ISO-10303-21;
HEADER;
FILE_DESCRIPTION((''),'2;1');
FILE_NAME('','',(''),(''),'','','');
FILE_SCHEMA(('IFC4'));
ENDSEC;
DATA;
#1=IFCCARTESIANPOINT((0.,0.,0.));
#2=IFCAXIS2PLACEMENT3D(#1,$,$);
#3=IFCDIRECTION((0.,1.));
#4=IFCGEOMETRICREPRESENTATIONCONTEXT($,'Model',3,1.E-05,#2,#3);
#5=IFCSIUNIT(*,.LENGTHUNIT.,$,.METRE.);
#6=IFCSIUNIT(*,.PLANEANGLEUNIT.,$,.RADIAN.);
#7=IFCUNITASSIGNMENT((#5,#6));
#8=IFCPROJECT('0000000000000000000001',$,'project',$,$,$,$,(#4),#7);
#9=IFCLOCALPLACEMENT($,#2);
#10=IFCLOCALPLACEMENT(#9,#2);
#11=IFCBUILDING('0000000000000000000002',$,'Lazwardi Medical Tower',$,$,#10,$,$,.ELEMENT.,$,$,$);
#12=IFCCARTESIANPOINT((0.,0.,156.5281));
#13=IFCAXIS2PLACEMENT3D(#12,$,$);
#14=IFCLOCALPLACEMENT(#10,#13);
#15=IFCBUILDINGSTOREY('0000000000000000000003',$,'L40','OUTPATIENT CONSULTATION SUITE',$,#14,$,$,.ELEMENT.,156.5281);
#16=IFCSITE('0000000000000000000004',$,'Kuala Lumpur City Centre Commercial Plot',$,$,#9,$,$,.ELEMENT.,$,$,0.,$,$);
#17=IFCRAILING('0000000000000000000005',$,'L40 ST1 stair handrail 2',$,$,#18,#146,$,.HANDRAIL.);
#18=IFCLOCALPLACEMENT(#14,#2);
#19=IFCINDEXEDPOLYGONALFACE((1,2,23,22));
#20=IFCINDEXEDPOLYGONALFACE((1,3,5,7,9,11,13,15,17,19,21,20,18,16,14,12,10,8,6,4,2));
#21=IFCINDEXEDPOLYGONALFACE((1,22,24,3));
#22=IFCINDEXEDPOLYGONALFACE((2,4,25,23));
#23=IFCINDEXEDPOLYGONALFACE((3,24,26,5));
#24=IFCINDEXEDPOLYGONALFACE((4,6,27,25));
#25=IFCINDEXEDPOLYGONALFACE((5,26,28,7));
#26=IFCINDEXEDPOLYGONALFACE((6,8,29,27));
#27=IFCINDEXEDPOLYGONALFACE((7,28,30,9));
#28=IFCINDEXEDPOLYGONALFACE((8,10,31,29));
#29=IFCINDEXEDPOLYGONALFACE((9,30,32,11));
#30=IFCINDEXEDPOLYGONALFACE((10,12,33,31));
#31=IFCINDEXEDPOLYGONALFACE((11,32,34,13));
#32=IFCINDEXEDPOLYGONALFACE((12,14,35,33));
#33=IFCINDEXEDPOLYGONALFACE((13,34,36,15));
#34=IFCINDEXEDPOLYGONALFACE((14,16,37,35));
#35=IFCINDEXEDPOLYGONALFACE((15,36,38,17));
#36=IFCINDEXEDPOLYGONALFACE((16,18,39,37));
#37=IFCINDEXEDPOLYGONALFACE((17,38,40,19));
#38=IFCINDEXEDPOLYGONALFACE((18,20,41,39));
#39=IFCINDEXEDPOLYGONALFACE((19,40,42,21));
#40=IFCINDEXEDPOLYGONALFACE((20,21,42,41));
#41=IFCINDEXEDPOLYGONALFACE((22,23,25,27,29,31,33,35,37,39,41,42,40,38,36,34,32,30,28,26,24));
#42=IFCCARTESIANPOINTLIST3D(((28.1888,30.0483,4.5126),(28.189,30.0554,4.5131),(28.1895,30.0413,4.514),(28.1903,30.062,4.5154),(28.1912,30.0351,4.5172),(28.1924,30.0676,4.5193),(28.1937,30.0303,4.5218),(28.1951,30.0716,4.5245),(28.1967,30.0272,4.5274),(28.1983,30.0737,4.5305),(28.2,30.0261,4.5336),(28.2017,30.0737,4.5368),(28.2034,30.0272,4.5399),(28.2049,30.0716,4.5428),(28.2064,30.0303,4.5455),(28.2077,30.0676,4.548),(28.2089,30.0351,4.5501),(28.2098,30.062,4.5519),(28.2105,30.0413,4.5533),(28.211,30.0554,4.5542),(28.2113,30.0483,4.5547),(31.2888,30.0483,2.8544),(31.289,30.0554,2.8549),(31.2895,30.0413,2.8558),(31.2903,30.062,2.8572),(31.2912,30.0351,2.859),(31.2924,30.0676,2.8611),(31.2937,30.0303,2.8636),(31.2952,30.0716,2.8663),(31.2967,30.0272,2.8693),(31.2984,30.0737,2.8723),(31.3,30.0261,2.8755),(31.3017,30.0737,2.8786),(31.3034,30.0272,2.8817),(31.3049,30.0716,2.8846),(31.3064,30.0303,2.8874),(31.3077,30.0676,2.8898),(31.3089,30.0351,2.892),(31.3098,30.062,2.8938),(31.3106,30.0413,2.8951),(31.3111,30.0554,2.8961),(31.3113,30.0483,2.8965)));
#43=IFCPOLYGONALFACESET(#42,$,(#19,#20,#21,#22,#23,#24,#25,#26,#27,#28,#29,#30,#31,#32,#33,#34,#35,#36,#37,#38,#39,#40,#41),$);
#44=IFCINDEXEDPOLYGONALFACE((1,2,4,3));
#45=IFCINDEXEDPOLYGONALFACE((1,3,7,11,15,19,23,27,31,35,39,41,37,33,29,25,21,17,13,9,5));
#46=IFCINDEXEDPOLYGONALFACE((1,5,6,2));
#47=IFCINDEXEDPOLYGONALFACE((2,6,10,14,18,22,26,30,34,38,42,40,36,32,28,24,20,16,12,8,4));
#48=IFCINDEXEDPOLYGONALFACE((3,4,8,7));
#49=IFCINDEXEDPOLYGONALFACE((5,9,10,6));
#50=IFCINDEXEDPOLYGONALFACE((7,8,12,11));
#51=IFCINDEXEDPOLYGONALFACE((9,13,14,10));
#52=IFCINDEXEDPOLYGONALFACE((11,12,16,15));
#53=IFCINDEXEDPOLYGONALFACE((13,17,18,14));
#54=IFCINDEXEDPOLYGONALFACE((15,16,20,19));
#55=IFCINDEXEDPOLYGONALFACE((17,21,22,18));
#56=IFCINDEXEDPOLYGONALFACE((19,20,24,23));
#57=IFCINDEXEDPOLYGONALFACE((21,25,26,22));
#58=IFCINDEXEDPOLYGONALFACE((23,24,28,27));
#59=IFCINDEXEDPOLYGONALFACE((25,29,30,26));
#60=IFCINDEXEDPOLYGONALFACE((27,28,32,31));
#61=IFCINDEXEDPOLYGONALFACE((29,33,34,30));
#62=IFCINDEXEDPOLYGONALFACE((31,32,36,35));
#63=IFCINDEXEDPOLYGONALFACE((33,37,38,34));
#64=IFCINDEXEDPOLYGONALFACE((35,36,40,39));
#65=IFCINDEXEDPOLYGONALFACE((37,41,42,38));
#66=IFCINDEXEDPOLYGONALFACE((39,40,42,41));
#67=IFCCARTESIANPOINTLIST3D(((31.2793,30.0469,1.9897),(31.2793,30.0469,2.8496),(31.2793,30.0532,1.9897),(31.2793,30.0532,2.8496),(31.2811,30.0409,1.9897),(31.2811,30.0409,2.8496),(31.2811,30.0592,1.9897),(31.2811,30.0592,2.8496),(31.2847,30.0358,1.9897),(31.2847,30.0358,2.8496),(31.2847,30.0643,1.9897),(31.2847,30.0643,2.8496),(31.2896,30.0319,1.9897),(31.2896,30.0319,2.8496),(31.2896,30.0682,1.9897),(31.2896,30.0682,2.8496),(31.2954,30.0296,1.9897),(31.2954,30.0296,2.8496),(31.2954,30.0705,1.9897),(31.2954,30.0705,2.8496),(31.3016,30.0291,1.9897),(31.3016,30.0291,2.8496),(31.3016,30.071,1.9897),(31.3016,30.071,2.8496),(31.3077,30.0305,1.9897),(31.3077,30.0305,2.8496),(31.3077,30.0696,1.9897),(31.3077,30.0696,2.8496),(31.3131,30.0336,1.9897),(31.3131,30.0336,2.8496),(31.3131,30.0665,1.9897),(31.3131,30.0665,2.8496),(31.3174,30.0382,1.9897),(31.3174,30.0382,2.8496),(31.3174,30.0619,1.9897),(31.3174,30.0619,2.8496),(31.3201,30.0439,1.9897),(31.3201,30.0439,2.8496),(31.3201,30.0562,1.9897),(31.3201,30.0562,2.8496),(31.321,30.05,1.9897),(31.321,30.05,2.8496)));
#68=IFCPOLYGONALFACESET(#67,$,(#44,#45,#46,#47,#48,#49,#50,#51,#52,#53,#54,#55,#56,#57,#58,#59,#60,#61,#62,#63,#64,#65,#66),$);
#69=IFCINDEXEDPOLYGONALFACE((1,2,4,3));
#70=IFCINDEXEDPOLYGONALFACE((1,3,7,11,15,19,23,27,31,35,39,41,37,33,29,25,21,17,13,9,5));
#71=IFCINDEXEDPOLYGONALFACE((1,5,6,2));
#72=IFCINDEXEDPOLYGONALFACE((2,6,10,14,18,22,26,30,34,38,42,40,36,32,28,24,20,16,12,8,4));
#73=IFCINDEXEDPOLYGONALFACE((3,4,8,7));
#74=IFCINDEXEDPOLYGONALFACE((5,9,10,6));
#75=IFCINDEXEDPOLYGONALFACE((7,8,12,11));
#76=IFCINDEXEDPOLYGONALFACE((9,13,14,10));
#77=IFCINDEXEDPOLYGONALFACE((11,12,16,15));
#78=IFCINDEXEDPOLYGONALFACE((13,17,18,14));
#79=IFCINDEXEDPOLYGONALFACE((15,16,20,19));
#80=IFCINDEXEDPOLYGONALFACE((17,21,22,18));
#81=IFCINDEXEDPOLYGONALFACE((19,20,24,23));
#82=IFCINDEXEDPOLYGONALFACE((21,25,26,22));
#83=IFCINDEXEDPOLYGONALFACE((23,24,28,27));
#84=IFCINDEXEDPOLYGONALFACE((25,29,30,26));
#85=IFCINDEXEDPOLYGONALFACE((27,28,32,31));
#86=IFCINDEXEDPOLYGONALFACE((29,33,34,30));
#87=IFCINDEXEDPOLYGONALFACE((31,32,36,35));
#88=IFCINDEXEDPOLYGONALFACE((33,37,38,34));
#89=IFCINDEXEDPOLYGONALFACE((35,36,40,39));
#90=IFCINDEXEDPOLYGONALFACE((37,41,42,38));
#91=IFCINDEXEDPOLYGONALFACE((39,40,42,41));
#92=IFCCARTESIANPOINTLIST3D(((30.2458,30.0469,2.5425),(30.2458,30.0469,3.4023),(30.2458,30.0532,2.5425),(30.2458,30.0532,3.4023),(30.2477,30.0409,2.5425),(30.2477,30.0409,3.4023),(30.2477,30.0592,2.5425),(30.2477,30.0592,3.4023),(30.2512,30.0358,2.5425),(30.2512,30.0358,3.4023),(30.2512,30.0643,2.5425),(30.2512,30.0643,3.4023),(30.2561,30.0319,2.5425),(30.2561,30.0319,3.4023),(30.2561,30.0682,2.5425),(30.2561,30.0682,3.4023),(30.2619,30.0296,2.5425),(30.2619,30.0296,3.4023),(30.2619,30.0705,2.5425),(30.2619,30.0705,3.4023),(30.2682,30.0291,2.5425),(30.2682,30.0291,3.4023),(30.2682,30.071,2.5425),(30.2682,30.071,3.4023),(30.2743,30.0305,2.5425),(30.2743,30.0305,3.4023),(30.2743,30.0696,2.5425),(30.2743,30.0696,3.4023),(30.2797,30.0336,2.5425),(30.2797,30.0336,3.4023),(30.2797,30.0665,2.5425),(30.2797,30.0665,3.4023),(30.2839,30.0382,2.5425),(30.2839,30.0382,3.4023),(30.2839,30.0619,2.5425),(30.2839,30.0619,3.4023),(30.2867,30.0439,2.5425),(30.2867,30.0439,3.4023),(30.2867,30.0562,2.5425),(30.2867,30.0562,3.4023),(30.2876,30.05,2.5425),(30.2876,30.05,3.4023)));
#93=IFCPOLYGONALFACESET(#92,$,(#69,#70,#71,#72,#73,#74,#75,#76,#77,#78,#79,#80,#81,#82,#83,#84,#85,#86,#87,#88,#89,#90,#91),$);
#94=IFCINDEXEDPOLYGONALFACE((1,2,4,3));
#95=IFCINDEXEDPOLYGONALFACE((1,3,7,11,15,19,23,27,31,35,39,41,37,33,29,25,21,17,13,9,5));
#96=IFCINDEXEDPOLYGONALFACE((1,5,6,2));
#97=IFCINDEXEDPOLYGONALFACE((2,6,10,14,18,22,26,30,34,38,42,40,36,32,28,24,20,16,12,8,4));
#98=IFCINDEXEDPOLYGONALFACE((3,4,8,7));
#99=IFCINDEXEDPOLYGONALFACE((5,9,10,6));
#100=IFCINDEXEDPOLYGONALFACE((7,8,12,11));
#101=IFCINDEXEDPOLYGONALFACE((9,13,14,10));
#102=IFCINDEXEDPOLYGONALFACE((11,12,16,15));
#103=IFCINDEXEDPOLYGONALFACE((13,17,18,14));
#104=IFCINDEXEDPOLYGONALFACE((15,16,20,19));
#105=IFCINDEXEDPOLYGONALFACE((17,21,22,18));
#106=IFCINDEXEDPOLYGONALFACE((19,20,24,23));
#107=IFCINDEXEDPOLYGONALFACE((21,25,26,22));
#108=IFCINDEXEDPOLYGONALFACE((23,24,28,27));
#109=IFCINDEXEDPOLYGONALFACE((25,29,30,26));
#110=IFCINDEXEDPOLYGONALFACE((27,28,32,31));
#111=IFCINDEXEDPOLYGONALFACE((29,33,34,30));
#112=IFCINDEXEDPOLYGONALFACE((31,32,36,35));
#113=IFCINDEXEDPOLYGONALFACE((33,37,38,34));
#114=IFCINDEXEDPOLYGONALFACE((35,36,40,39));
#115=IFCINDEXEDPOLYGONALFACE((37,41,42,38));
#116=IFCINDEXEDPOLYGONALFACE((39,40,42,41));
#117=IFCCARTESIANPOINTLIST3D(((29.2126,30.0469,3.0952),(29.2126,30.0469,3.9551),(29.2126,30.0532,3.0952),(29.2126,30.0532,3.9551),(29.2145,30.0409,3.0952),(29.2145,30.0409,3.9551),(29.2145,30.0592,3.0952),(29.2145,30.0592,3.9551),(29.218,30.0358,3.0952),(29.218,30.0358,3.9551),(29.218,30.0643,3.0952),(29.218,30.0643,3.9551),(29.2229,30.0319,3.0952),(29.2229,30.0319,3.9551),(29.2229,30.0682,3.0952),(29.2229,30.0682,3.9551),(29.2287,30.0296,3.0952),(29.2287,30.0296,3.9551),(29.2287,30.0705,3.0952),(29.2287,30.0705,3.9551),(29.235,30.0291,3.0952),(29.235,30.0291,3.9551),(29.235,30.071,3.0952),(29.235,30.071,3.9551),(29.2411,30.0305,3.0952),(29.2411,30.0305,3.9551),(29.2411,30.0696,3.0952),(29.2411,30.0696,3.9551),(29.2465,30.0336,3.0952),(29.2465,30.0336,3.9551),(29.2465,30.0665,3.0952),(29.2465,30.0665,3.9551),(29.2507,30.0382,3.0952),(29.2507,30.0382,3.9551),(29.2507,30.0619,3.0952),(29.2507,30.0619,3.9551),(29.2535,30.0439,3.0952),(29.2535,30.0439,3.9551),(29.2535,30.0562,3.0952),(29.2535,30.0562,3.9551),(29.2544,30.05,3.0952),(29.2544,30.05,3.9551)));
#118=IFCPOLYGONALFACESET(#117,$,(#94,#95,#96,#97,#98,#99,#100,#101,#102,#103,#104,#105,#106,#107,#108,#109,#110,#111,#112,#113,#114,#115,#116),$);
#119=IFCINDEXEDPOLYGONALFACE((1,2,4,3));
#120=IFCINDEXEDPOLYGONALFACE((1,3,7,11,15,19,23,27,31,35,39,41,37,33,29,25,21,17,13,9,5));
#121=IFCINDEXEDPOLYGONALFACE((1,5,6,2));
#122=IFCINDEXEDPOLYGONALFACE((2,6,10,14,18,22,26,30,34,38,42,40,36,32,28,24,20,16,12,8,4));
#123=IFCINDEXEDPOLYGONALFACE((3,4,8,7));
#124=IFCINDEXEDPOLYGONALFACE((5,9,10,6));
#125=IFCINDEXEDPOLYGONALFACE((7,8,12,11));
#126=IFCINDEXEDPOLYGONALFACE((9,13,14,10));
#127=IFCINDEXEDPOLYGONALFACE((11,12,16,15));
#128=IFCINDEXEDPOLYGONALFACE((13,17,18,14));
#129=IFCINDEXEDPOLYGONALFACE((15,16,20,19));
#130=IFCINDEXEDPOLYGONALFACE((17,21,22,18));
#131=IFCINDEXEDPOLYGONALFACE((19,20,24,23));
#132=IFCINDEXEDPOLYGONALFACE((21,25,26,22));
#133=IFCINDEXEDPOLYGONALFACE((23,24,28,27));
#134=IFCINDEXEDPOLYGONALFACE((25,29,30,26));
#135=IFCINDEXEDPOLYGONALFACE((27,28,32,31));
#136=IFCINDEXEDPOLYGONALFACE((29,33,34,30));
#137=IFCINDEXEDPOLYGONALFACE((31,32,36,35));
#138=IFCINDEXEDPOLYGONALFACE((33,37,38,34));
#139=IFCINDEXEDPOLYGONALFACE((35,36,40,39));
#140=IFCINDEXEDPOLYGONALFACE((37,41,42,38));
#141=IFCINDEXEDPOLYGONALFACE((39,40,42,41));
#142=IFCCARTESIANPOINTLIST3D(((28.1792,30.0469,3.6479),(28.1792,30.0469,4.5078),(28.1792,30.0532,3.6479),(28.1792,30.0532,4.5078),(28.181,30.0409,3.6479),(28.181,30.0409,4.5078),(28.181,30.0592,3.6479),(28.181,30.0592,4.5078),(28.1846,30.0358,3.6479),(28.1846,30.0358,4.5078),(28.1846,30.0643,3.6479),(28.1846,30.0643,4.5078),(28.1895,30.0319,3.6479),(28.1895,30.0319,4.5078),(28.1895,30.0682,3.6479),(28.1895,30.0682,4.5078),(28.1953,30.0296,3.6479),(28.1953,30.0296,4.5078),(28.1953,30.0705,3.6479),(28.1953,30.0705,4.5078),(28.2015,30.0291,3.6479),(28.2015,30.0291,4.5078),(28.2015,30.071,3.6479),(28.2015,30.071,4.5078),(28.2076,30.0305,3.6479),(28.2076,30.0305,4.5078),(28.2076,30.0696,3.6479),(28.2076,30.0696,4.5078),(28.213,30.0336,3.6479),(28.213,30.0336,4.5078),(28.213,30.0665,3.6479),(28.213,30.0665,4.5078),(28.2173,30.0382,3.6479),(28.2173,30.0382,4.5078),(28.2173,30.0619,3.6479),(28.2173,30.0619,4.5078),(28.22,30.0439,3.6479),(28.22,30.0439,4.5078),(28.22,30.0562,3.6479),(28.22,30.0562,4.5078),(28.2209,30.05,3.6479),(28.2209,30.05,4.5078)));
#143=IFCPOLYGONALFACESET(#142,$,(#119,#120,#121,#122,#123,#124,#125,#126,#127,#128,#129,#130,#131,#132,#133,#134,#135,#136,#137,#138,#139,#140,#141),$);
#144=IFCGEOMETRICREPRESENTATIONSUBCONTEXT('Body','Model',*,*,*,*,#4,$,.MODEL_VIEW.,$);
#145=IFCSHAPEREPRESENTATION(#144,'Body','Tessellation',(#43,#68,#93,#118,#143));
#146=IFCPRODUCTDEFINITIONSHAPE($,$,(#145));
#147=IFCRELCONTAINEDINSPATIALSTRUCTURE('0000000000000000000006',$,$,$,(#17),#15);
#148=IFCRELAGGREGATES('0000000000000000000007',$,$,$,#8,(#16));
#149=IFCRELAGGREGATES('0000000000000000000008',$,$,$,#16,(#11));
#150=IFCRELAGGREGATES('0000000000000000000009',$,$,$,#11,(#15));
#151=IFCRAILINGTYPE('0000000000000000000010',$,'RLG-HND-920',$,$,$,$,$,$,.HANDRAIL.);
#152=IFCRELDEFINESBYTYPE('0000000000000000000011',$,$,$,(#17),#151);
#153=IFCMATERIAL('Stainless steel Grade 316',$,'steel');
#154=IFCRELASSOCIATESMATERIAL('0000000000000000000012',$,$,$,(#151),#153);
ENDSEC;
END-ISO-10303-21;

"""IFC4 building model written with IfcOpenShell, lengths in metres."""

from ifc_helpers import new_model, si_unit, direction, frame, origin, origin_2d, place, context, subcontext, project, spatial, circle, extrude, material, type_object, element, save


model = new_model("IFC4")

# Units and contexts
model_context = context("Model", 3, precision=1e-05, world=origin(), true_north=direction((0.0, 1.0)))
body_context = subcontext(model_context, "Body", "Model", "MODEL_VIEW")
ifc_project = project(units=[si_unit("LENGTHUNIT", "METRE"), si_unit("PLANEANGLEUNIT", "RADIAN")], contexts=[model_context])

# Site, building, storey
site_placement = place(None, origin())
site = spatial("IfcSite", under=ifc_project, at=site_placement, Name="Kuala Lumpur City Centre Commercial Plot", CompositionType="ELEMENT", RefElevation=0.0)
building_placement = place(site_placement, origin())
building = spatial("IfcBuilding", under=site, at=building_placement, Name="Lazwardi Medical Tower", CompositionType="ELEMENT")
storey_placement = place(building_placement, frame((0.0, 0.0, 156.5281)))
storey = spatial("IfcBuildingStorey", under=building, at=storey_placement, Name="L40", Description="OUTPATIENT CONSULTATION SUITE", CompositionType="ELEMENT", Elevation=156.5281)

# Railing
ifc_material_1 = material(Name="Stainless steel Grade 316", Category="steel")
railing_type_1 = type_object("IfcRailingType", Name="RLG-HND-920", PredefinedType="HANDRAIL", material=ifc_material_1)
railing_1_placement = place(storey_placement, frame((31.3, 30.05, 1.9897)))
element("IfcRailing", 1, at=railing_1_placement, inside=storey, type_object=railing_type_1, Name="L40 ST1 stair handrail 2", PredefinedType="HANDRAIL", context=body_context, shape_type="SweptSolid", body=[
    extrude(circle(Radius=0.0239, at=origin_2d()), frame((0.0, 0.0, 0.8857), z_axis=(-0.881783, 0.0, 0.471655), x_axis=(0.0, -1.0, 0.0)), (0.0, 0.0, 1.0), 3.5156),
    extrude(circle(Radius=0.021, at=origin_2d()), origin(), (0.0, 0.0, 1.0), 0.8599),
    extrude(circle(Radius=0.021, at=origin_2d()), frame((-1.0334, 0.0, 0.5527)), (0.0, 0.0, 1.0), 0.8599),
    extrude(circle(Radius=0.021, at=origin_2d()), frame((-2.0667, 0.0, 1.1055)), (0.0, 0.0, 1.0), 0.8599),
    extrude(circle(Radius=0.021, at=origin_2d()), frame((-3.1001, 0.0, 1.6582)), (0.0, 0.0, 1.0), 0.8599),
])

save(model, "model.ifc")
